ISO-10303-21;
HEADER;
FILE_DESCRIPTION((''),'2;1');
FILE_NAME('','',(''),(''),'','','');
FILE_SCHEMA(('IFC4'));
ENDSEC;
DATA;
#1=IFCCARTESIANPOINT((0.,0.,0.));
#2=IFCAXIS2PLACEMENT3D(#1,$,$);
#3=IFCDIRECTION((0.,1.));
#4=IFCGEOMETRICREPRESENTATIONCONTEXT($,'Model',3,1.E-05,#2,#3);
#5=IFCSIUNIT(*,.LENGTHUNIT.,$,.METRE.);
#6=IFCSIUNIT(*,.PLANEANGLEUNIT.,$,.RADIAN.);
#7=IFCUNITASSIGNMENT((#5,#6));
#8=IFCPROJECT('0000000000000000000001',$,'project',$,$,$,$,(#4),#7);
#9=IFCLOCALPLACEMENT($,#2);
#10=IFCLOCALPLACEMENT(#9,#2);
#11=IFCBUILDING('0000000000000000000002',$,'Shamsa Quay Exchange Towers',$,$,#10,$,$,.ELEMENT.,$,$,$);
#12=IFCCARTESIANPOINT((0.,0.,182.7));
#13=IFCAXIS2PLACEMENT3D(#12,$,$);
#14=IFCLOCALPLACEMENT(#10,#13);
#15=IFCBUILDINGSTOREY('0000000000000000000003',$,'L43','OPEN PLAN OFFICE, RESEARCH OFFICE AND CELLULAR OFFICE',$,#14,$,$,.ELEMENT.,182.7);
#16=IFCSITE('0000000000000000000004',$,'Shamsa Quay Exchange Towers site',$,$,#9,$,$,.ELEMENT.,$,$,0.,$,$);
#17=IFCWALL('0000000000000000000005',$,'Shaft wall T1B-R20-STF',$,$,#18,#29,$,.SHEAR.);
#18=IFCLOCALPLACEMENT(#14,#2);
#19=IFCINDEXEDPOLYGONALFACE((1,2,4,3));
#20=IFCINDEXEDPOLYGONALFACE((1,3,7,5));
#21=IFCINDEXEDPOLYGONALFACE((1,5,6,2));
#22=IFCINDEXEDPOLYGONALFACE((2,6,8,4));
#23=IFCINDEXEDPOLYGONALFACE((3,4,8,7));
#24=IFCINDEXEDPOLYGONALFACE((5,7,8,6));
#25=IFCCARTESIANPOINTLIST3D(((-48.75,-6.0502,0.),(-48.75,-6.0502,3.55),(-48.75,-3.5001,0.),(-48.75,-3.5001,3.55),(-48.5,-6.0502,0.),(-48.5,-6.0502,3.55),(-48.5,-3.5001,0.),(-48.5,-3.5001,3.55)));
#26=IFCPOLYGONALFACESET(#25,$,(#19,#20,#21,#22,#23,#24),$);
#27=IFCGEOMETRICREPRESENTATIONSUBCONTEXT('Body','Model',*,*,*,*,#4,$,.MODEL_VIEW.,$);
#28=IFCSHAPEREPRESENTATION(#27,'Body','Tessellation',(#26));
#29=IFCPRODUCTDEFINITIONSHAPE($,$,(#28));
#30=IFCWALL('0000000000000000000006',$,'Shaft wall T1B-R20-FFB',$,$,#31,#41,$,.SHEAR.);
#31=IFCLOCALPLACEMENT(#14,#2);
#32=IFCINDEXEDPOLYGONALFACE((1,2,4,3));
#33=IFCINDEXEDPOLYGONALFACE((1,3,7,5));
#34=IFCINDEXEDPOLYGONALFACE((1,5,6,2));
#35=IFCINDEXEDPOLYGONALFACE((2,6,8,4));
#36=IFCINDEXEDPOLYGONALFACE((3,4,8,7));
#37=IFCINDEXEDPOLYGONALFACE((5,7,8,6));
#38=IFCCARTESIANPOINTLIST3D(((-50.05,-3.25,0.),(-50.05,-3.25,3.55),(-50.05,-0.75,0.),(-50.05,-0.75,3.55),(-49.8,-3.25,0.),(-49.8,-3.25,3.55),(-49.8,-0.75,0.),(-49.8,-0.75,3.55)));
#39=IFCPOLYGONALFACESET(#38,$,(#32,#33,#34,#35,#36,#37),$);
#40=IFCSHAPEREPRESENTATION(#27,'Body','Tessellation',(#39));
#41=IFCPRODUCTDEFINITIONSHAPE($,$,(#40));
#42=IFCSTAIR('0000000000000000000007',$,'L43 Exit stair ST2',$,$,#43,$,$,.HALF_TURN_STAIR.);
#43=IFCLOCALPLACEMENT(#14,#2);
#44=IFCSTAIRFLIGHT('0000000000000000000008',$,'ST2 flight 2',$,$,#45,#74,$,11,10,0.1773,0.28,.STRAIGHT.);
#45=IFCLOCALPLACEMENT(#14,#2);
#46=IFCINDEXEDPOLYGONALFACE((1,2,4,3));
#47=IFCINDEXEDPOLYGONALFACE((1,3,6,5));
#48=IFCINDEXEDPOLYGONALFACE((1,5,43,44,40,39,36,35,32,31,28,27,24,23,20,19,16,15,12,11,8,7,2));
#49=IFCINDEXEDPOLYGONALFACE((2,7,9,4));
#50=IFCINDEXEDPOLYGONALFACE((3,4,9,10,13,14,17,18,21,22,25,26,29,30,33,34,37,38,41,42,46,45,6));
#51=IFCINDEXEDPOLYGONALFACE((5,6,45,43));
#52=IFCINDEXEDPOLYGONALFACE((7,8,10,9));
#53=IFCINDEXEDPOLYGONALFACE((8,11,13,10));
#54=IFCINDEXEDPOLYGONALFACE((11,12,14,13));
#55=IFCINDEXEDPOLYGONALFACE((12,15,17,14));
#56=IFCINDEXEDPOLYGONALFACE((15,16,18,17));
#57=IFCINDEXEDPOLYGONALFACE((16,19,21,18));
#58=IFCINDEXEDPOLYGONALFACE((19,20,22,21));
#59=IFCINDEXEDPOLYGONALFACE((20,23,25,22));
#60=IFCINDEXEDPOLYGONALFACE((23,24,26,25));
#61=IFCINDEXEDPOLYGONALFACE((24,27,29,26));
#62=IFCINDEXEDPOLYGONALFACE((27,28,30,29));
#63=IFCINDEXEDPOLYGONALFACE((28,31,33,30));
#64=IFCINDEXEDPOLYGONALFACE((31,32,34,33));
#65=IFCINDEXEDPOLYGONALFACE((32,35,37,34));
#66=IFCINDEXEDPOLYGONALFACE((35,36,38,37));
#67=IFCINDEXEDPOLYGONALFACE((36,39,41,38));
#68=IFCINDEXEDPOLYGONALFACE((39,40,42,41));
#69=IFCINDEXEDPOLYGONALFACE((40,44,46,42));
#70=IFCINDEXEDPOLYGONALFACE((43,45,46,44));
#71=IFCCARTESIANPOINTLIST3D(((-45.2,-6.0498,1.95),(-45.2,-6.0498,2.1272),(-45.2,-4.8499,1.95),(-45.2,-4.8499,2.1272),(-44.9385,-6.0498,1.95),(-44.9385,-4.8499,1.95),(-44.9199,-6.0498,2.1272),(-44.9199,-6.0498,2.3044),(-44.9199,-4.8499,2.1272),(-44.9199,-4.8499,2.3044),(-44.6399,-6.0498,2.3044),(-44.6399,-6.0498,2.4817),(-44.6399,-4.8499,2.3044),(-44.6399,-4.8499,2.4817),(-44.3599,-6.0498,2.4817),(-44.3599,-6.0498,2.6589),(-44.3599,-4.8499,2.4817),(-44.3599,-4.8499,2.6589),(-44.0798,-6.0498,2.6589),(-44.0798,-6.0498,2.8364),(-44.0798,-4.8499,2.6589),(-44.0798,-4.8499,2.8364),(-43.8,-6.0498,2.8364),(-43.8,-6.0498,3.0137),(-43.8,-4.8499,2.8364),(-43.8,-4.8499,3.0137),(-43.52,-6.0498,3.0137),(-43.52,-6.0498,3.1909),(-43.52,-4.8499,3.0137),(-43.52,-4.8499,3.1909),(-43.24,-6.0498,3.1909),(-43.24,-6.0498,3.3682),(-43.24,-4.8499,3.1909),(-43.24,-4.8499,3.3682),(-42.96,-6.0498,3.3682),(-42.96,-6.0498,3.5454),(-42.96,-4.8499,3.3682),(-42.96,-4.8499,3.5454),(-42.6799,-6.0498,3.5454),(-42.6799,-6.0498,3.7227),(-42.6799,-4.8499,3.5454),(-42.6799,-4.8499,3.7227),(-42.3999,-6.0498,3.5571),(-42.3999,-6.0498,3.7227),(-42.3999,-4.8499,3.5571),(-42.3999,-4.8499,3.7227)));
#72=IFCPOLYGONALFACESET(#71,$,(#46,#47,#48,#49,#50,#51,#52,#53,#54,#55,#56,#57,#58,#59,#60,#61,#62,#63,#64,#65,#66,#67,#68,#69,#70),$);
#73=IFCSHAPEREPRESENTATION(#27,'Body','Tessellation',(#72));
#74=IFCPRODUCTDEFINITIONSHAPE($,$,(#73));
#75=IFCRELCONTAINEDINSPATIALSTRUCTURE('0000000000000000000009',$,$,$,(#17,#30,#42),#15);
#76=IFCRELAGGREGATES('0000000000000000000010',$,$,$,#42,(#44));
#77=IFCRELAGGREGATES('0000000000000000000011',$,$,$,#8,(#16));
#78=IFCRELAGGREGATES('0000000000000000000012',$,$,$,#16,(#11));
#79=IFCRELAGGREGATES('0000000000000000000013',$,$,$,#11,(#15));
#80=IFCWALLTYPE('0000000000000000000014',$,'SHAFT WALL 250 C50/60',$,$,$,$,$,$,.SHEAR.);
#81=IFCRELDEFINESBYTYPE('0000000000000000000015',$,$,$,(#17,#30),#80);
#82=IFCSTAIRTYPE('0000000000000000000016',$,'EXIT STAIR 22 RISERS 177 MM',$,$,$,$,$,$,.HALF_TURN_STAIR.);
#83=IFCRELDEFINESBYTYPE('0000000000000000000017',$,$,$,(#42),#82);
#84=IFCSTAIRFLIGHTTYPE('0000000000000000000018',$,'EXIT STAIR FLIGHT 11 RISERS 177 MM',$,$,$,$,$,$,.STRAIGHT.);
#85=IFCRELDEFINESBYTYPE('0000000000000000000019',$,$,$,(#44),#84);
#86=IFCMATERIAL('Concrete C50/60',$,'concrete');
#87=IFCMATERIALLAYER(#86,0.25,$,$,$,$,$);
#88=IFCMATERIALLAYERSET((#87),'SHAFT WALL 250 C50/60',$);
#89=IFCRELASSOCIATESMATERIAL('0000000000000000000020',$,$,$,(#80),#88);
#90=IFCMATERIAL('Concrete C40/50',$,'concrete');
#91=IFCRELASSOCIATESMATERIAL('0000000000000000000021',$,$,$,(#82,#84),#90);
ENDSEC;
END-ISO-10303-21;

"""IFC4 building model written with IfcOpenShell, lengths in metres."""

from ifc_helpers import new_model, si_unit, direction, frame, frame_2d, origin, place, context, subcontext, project, spatial, polyline, rectangle, outline, extrude, material, layer, layer_set, type_object, element, aggregate, save


model = new_model("IFC4")

# Units and contexts
model_context = context("Model", 3, precision=1e-05, world=origin(), true_north=direction((0.0, 1.0)))
body_context = subcontext(model_context, "Body", "Model", "MODEL_VIEW")
ifc_project = project(units=[si_unit("LENGTHUNIT", "METRE"), si_unit("PLANEANGLEUNIT", "RADIAN")], contexts=[model_context])

# Site, building, storey
site_placement = place(None, origin())
site = spatial("IfcSite", under=ifc_project, at=site_placement, Name="Shamsa Quay Exchange Towers site", CompositionType="ELEMENT", RefElevation=0.0)
building_placement = place(site_placement, origin())
building = spatial("IfcBuilding", under=site, at=building_placement, Name="Shamsa Quay Exchange Towers", CompositionType="ELEMENT")
storey_placement = place(building_placement, frame((0.0, 0.0, 182.7)))
storey = spatial("IfcBuildingStorey", under=building, at=storey_placement, Name="L43", Description="OPEN PLAN OFFICE, RESEARCH OFFICE AND CELLULAR OFFICE", CompositionType="ELEMENT", Elevation=182.7)

# Wall
ifc_material_1 = material(Name="Concrete C50/60", Category="concrete")
ifc_layer_1 = layer(ifc_material_1, 0.25)
ifc_layer_set_1 = layer_set([ifc_layer_1], Name="SHAFT WALL 250 C50/60")
wall_type_1 = type_object("IfcWallType", Name="SHAFT WALL 250 C50/60", PredefinedType="SHEAR", material=ifc_layer_set_1)
wall_1_placement = place(storey_placement, frame((-48.625, -6.05, 0.0), z_axis=(0.0, 0.0, 1.0), x_axis=(0.0, 1.0, 0.0)))
element("IfcWall", 1, at=wall_1_placement, inside=storey, type_object=wall_type_1, Name="Shaft wall T1B-R20-STF", PredefinedType="SHEAR", context=body_context, shape_type="SweptSolid", body=[
    extrude(rectangle(XDim=2.55, YDim=0.25, at=frame_2d((1.2749, 0.0))), origin(), (0.0, 0.0, 1.0), 3.55),
])

# Wall
wall_2_placement = place(storey_placement, frame((-49.925, -3.25, 0.0), z_axis=(0.0, 0.0, 1.0), x_axis=(0.0, 1.0, 0.0)))
element("IfcWall", 2, at=wall_2_placement, inside=storey, type_object=wall_type_1, Name="Shaft wall T1B-R20-FFB", PredefinedType="SHEAR", context=body_context, shape_type="SweptSolid", body=[
    extrude(rectangle(XDim=2.5, YDim=0.25, at=frame_2d((1.25, 0.0))), origin(), (0.0, 0.0, 1.0), 3.55),
])

# Stair, stair flight
ifc_material_2 = material(Name="Concrete C40/50", Category="concrete")
stair_type = type_object("IfcStairType", Name="EXIT STAIR 22 RISERS 177 MM", PredefinedType="HALF_TURN_STAIR", material=ifc_material_2)
stair_placement = place(storey_placement, origin())
stair = element("IfcStair", 3, at=stair_placement, inside=storey, type_object=stair_type, Name="L43 Exit stair ST2", PredefinedType="HALF_TURN_STAIR")
stair_flight_type = type_object("IfcStairFlightType", Name="EXIT STAIR FLIGHT 11 RISERS 177 MM", PredefinedType="STRAIGHT", material=ifc_material_2)
stair_flight_placement = place(storey_placement, frame((-45.2, -5.45, 1.95)))
stair_flight = element("IfcStairFlight", 4, at=stair_flight_placement, type_object=stair_flight_type, Name="ST2 flight 2", NumberOfRisers=11, NumberOfTreads=10, PredefinedType="STRAIGHT", RiserHeight=0.1773, TreadLength=0.28, context=body_context, shape_type="SweptSolid", body=[
    extrude(outline(polyline([(0.0, 0.0), (0.0, 0.1772), (0.28, 0.1772), (0.28, 0.3545), (0.5601, 0.3545), (0.5601, 0.5317), (0.8401, 0.5317), (0.8401, 0.709), (1.1201, 0.709), (1.1201, 0.8865), (1.3999, 0.8865), (1.3999, 1.0637), (1.6799, 1.0637), (1.6799, 1.241), (1.96, 1.241), (1.96, 1.4182), (2.24, 1.4182), (2.24, 1.5955), (2.52, 1.5955), (2.52, 1.7727), (2.8, 1.7727), (2.8, 1.95), (2.8, 1.6072), (0.2615, 0.0), (0.0, 0.0)])), frame((0.0, 0.6001, 0.0), z_axis=(0.0, -1.0, 0.0), x_axis=(1.0, 0.0, 0.0)), (0.0, 0.0, 1.0), 1.2),
])
aggregate(stair, [stair_flight])

save(model, "model.ifc")
